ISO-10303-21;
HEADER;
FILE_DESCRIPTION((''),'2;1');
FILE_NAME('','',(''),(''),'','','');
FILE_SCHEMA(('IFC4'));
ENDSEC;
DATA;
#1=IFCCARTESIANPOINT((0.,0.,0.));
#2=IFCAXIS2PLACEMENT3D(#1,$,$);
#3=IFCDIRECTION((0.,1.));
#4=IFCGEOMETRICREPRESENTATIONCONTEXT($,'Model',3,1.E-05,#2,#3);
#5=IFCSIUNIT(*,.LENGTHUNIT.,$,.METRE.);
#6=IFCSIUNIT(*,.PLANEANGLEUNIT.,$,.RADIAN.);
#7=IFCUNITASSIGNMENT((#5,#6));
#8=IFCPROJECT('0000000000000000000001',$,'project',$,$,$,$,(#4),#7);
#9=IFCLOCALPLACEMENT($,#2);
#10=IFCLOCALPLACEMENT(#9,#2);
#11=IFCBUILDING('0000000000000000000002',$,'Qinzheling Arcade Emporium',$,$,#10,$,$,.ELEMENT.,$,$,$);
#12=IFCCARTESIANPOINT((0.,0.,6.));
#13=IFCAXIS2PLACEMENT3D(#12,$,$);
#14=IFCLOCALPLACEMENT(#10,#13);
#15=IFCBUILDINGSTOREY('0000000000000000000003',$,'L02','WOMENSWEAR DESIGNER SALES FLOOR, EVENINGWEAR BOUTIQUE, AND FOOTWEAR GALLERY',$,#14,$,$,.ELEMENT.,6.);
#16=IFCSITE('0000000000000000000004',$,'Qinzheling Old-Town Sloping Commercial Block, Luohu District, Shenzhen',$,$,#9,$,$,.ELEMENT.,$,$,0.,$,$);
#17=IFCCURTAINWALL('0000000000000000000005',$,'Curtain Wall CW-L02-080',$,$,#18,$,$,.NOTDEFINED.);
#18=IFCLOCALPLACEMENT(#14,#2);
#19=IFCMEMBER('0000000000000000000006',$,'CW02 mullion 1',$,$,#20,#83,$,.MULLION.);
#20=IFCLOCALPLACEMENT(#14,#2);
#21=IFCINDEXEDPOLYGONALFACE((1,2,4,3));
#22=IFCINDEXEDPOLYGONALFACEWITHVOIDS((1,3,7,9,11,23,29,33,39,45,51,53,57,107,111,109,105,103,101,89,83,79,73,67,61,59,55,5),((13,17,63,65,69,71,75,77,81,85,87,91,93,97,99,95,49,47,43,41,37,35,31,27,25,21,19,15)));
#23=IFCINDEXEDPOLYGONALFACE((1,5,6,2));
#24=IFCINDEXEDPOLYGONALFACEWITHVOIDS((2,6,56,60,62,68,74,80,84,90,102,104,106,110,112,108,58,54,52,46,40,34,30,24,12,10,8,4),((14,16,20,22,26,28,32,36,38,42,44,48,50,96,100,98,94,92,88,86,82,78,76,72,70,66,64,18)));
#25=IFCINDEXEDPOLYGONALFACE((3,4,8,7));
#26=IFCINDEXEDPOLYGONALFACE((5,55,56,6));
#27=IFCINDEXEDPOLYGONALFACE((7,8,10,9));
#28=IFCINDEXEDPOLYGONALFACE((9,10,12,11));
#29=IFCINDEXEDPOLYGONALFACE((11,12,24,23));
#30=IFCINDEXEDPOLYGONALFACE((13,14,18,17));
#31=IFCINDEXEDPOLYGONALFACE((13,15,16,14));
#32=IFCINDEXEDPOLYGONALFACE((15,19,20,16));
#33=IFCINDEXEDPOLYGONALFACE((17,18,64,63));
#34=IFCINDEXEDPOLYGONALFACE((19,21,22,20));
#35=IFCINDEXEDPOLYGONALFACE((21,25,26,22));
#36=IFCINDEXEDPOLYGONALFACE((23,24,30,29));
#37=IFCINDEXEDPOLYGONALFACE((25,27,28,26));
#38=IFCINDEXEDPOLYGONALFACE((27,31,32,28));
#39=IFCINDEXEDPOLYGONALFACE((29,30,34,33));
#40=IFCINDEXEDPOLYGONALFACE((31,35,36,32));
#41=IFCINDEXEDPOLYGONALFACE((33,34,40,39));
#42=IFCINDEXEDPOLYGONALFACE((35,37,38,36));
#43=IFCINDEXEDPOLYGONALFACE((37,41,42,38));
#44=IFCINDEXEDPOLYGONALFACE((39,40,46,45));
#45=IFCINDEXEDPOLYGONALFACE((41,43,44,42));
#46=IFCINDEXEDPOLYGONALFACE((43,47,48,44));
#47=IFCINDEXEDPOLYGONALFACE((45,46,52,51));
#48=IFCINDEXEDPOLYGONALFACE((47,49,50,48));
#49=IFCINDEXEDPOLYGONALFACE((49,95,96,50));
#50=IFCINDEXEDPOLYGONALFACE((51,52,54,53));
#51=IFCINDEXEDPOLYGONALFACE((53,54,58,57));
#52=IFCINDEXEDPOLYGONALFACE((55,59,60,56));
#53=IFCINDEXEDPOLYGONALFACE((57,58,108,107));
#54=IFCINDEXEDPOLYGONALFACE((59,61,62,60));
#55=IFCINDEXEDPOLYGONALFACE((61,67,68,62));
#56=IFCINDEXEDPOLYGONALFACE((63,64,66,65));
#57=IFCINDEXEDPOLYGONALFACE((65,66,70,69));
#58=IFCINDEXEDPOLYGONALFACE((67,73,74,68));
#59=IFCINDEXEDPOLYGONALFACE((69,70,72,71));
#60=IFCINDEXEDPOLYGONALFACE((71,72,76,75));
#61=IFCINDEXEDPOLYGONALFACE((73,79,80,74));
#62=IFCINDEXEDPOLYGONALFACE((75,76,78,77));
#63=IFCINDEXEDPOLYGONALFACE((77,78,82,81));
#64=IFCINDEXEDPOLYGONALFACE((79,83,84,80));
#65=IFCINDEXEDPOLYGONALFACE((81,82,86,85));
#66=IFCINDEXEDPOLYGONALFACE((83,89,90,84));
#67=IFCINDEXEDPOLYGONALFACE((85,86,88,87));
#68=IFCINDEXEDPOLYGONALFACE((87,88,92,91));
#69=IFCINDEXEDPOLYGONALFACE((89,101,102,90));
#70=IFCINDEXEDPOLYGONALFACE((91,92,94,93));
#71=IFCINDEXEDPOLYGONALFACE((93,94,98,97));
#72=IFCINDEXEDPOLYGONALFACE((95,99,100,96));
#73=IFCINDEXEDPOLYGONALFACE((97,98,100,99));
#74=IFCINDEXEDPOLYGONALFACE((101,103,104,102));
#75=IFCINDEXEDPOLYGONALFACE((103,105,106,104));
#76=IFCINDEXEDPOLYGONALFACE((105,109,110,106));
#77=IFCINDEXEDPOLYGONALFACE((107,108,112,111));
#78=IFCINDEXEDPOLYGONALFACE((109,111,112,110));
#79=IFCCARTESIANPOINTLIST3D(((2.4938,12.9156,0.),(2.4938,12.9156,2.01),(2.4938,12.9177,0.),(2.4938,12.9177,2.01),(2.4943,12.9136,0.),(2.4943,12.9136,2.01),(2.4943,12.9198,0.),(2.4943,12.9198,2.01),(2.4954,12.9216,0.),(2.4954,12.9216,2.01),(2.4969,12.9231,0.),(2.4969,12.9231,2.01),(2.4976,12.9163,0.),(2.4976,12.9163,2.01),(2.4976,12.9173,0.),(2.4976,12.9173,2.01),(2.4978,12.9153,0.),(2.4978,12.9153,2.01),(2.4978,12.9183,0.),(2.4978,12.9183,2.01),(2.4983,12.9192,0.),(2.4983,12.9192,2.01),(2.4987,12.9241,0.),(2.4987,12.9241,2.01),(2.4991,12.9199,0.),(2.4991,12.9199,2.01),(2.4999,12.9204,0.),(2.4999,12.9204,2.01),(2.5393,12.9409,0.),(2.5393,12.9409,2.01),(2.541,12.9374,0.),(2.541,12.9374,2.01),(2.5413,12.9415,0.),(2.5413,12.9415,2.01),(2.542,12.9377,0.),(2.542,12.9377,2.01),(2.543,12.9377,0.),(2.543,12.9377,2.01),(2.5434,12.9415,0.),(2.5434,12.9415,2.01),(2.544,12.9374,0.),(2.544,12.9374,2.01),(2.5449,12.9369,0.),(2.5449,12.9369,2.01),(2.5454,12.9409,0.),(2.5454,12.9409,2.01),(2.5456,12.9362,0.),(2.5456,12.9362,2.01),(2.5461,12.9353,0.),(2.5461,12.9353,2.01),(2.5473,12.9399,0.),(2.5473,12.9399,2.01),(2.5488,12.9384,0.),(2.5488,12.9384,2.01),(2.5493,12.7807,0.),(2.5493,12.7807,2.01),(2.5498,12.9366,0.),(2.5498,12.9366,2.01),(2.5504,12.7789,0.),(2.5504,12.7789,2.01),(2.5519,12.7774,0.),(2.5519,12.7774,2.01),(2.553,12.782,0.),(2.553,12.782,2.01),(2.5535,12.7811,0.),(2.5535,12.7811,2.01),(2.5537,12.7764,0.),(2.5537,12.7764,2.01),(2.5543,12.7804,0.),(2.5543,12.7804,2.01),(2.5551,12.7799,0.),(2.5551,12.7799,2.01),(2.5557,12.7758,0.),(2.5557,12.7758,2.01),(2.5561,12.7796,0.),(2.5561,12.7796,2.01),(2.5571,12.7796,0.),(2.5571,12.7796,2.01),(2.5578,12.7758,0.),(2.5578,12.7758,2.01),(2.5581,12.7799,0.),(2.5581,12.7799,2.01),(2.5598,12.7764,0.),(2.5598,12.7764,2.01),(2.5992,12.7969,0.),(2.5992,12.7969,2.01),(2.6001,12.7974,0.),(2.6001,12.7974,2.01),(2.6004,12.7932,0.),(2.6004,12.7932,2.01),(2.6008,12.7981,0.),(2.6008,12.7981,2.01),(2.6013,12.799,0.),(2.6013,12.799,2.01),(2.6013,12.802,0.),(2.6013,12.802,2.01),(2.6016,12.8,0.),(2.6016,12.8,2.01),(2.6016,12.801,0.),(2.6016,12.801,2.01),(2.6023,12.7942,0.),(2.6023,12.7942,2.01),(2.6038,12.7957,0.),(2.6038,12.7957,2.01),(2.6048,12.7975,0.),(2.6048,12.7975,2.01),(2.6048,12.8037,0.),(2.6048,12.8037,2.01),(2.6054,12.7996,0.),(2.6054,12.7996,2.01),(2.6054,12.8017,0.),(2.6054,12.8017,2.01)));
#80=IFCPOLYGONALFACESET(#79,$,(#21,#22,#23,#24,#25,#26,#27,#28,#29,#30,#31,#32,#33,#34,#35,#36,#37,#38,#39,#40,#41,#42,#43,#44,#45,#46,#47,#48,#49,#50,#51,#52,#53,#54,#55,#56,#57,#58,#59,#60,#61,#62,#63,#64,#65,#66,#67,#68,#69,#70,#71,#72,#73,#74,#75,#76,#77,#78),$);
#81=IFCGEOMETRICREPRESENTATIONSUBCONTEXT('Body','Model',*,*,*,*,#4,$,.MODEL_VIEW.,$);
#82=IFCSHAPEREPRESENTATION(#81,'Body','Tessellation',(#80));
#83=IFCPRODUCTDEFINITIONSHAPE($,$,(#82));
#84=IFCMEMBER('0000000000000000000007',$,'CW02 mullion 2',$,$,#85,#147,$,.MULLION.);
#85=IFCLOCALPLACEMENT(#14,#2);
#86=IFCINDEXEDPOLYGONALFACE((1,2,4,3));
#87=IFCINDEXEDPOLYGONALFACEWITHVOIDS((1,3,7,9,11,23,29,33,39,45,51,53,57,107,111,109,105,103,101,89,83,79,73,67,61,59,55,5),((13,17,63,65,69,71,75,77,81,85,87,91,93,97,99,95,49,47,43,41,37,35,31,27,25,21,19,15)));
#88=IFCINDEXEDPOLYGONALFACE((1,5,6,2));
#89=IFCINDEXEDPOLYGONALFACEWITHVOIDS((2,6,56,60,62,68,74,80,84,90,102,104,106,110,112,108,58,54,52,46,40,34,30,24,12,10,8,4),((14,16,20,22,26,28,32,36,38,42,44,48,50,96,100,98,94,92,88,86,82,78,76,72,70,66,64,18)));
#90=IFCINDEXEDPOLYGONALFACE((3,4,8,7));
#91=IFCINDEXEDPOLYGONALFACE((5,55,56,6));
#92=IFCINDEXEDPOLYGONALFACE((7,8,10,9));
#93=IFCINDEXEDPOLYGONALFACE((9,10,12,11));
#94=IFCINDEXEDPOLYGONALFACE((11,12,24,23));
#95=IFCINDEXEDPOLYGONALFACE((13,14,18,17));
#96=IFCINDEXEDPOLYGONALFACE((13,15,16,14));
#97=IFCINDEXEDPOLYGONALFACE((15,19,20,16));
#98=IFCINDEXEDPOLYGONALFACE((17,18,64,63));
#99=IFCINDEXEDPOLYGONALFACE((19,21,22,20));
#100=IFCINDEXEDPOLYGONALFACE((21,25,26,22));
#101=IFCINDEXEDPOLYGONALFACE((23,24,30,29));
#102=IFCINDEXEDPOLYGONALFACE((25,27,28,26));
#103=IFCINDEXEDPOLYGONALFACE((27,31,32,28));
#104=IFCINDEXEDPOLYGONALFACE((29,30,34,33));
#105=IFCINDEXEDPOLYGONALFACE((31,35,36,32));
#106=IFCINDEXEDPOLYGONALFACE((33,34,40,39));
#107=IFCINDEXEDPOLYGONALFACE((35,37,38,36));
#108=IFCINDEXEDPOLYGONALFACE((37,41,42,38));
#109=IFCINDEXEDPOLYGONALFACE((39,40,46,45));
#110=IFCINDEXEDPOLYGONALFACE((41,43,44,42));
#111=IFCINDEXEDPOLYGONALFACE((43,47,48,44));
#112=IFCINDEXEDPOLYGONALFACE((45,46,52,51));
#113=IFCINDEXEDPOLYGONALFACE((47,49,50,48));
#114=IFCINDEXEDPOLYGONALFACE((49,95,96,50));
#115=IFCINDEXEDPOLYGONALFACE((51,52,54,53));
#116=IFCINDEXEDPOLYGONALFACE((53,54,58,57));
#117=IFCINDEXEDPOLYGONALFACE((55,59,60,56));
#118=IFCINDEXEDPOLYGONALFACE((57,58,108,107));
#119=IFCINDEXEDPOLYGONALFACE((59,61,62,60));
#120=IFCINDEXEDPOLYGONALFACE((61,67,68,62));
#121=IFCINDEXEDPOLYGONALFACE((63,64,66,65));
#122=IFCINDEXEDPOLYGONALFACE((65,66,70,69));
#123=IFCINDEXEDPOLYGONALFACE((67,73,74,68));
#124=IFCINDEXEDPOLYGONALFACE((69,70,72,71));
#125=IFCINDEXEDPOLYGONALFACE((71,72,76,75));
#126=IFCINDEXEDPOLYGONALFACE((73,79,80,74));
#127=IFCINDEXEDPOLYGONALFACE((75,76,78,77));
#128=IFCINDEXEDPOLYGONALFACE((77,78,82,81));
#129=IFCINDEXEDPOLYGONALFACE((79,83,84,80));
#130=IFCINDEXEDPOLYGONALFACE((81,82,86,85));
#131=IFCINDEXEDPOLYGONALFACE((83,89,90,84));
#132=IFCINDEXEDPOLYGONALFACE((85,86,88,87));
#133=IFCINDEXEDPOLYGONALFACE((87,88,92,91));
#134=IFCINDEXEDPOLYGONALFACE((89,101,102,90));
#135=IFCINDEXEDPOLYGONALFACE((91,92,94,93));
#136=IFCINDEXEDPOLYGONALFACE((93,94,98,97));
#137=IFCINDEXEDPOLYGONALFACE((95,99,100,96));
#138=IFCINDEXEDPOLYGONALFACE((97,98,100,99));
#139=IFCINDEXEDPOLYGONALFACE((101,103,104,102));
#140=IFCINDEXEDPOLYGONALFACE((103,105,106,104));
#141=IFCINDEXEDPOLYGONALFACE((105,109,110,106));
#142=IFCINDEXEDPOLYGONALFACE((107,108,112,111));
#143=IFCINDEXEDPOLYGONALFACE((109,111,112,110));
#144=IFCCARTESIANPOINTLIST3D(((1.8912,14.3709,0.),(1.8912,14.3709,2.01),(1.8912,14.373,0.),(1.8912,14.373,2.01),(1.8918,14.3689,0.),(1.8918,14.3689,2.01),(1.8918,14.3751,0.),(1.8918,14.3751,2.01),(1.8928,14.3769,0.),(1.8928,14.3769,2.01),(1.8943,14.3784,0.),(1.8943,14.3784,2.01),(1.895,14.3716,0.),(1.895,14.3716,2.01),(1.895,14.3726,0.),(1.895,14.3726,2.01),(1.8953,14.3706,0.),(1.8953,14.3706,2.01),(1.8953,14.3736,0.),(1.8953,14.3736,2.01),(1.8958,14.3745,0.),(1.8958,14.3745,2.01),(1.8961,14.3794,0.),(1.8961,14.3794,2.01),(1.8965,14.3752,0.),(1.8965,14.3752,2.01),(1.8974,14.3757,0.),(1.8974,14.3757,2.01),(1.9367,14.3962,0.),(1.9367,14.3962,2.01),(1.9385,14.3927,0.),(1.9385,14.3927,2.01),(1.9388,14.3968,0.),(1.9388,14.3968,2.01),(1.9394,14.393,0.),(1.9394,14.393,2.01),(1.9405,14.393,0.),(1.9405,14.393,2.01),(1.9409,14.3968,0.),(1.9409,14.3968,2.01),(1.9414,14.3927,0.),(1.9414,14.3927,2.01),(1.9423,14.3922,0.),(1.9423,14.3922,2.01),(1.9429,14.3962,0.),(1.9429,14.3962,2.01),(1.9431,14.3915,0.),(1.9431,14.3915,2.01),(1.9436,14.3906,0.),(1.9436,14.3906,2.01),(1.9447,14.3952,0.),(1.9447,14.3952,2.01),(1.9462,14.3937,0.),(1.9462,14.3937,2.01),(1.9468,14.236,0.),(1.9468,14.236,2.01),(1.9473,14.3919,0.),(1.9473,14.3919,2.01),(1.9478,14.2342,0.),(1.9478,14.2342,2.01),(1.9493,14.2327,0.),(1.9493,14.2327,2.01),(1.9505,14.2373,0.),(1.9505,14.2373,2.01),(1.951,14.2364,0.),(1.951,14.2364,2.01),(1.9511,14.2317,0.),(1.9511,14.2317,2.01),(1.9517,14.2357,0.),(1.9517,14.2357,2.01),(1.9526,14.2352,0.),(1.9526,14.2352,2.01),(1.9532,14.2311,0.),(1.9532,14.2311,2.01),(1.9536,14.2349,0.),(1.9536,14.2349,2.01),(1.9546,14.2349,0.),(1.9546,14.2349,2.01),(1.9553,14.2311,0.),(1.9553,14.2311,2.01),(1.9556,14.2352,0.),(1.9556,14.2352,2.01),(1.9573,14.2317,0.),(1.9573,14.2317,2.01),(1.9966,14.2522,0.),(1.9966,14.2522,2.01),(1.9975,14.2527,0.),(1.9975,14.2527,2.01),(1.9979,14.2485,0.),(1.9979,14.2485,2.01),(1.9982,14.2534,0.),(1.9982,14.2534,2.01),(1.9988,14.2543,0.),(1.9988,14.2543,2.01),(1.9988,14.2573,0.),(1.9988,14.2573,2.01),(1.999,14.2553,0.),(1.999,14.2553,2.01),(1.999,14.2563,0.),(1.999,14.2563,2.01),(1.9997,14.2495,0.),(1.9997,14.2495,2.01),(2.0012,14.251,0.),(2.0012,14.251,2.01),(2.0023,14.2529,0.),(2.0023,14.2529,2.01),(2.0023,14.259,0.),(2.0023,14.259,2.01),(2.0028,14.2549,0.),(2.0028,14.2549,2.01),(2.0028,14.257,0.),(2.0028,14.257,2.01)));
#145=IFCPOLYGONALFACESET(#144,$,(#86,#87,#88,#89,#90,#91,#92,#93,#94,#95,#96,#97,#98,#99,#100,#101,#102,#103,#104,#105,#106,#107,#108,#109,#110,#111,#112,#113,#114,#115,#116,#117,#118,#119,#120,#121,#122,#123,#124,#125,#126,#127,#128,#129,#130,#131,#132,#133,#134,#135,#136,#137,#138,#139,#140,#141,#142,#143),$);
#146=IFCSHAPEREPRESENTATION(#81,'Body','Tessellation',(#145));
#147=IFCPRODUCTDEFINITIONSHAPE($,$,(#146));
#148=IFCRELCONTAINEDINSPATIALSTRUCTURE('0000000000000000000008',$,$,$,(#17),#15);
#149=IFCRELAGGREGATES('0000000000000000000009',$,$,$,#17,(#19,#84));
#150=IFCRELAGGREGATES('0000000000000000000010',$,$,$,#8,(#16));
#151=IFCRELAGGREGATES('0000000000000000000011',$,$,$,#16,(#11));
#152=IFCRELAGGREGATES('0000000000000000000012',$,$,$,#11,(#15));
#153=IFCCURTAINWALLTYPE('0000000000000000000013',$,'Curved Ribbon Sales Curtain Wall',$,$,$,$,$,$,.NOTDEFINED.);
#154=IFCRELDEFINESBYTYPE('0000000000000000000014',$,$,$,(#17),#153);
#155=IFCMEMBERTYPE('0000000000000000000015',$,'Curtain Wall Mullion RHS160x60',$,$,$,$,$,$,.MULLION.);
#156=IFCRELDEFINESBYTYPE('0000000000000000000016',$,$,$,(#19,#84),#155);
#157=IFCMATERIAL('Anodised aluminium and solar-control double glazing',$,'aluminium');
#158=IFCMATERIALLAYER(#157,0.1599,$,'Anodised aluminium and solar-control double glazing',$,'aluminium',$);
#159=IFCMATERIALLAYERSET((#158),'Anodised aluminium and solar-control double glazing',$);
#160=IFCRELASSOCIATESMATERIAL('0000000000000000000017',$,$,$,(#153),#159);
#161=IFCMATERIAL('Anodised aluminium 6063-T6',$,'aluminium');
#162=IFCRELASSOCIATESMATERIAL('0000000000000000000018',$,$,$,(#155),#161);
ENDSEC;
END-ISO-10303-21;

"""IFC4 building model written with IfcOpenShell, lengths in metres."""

from ifc_helpers import new_model, si_unit, direction, frame, origin, origin_2d, place, context, subcontext, project, spatial, hollow_rectangle, extrude, material, layer, layer_set, material_profile, profile_set, type_object, element, aggregate, save


model = new_model("IFC4")

# Units and contexts
model_context = context("Model", 3, precision=1e-05, world=origin(), true_north=direction((0.0, 1.0)))
body_context = subcontext(model_context, "Body", "Model", "MODEL_VIEW")
ifc_project = project(units=[si_unit("LENGTHUNIT", "METRE"), si_unit("PLANEANGLEUNIT", "RADIAN")], contexts=[model_context])

# Site, building, storey
site_placement = place(None, origin())
site = spatial("IfcSite", under=ifc_project, at=site_placement, Name="Qinzheling Old-Town Sloping Commercial Block, Luohu District, Shenzhen", CompositionType="ELEMENT", RefElevation=0.0)
building_placement = place(site_placement, origin())
building = spatial("IfcBuilding", under=site, at=building_placement, Name="Qinzheling Arcade Emporium", CompositionType="ELEMENT")
storey_placement = place(building_placement, frame((0.0, 0.0, 6.0)))
storey = spatial("IfcBuildingStorey", under=building, at=storey_placement, Name="L02", Description="WOMENSWEAR DESIGNER SALES FLOOR, EVENINGWEAR BOUTIQUE, AND FOOTWEAR GALLERY", CompositionType="ELEMENT", Elevation=6.0)

# Curtain wall, members
ifc_material_1 = material(Name="Anodised aluminium and solar-control double glazing", Category="aluminium")
ifc_layer_1 = layer(ifc_material_1, 0.1599, Name="Anodised aluminium and solar-control double glazing", Category="aluminium")
ifc_layer_set_1 = layer_set([ifc_layer_1], Name="Anodised aluminium and solar-control double glazing")
curtain_wall_type = type_object("IfcCurtainWallType", Name="Curved Ribbon Sales Curtain Wall", PredefinedType="NOTDEFINED", material=ifc_layer_set_1)
ifc_material_2 = material(Name="Anodised aluminium 6063-T6", Category="aluminium")
ifc_material_profile_1 = material_profile(ifc_material_2, hollow_rectangle(XDim=0.0601, YDim=0.1599, WallThickness=0.0039, InnerFilletRadius=0.0039, OuterFilletRadius=0.0081, at=origin_2d()), Name="RHS 160x60x4", Category="aluminium")
ifc_profile_set_1 = profile_set([ifc_material_profile_1], Name="Anodised aluminium 6063-T6")
member_type_1 = type_object("IfcMemberType", Name="Curtain Wall Mullion RHS160x60", PredefinedType="MULLION", material=ifc_profile_set_1)
curtain_wall_1_placement = place(storey_placement, origin())
curtain_wall_1 = element("IfcCurtainWall", 1, at=curtain_wall_1_placement, inside=storey, type_object=curtain_wall_type, Name="Curtain Wall CW-L02-080", PredefinedType="NOTDEFINED")
member_1_placement = place(storey_placement, frame((2.5496, 12.8586, 0.0), z_axis=(0.0, 0.0, 1.0), x_axis=(-0.923941, -0.382535, 0.0)))
member_1 = element("IfcMember", 2, at=member_1_placement, type_object=member_type_1, Name="CW02 mullion 1", PredefinedType="MULLION", context=body_context, shape_type="SweptSolid", body=[
    extrude(hollow_rectangle(XDim=0.0601, YDim=0.1599, WallThickness=0.0039, InnerFilletRadius=0.0039, OuterFilletRadius=0.0081, at=origin_2d()), origin(), (0.0, 0.0, 1.0), 2.01),
])
member_2_placement = place(storey_placement, frame((1.947, 14.314, 0.0), z_axis=(0.0, 0.0, 1.0), x_axis=(-0.923941, -0.382535, 0.0)))
member_2 = element("IfcMember", 3, at=member_2_placement, type_object=member_type_1, Name="CW02 mullion 2", PredefinedType="MULLION", context=body_context, shape_type="SweptSolid", body=[
    extrude(hollow_rectangle(XDim=0.0601, YDim=0.1599, WallThickness=0.0039, InnerFilletRadius=0.0039, OuterFilletRadius=0.0081, at=origin_2d()), origin(), (0.0, 0.0, 1.0), 2.01),
])

aggregate(curtain_wall_1, [member_1, member_2])

save(model, "model.ifc")
